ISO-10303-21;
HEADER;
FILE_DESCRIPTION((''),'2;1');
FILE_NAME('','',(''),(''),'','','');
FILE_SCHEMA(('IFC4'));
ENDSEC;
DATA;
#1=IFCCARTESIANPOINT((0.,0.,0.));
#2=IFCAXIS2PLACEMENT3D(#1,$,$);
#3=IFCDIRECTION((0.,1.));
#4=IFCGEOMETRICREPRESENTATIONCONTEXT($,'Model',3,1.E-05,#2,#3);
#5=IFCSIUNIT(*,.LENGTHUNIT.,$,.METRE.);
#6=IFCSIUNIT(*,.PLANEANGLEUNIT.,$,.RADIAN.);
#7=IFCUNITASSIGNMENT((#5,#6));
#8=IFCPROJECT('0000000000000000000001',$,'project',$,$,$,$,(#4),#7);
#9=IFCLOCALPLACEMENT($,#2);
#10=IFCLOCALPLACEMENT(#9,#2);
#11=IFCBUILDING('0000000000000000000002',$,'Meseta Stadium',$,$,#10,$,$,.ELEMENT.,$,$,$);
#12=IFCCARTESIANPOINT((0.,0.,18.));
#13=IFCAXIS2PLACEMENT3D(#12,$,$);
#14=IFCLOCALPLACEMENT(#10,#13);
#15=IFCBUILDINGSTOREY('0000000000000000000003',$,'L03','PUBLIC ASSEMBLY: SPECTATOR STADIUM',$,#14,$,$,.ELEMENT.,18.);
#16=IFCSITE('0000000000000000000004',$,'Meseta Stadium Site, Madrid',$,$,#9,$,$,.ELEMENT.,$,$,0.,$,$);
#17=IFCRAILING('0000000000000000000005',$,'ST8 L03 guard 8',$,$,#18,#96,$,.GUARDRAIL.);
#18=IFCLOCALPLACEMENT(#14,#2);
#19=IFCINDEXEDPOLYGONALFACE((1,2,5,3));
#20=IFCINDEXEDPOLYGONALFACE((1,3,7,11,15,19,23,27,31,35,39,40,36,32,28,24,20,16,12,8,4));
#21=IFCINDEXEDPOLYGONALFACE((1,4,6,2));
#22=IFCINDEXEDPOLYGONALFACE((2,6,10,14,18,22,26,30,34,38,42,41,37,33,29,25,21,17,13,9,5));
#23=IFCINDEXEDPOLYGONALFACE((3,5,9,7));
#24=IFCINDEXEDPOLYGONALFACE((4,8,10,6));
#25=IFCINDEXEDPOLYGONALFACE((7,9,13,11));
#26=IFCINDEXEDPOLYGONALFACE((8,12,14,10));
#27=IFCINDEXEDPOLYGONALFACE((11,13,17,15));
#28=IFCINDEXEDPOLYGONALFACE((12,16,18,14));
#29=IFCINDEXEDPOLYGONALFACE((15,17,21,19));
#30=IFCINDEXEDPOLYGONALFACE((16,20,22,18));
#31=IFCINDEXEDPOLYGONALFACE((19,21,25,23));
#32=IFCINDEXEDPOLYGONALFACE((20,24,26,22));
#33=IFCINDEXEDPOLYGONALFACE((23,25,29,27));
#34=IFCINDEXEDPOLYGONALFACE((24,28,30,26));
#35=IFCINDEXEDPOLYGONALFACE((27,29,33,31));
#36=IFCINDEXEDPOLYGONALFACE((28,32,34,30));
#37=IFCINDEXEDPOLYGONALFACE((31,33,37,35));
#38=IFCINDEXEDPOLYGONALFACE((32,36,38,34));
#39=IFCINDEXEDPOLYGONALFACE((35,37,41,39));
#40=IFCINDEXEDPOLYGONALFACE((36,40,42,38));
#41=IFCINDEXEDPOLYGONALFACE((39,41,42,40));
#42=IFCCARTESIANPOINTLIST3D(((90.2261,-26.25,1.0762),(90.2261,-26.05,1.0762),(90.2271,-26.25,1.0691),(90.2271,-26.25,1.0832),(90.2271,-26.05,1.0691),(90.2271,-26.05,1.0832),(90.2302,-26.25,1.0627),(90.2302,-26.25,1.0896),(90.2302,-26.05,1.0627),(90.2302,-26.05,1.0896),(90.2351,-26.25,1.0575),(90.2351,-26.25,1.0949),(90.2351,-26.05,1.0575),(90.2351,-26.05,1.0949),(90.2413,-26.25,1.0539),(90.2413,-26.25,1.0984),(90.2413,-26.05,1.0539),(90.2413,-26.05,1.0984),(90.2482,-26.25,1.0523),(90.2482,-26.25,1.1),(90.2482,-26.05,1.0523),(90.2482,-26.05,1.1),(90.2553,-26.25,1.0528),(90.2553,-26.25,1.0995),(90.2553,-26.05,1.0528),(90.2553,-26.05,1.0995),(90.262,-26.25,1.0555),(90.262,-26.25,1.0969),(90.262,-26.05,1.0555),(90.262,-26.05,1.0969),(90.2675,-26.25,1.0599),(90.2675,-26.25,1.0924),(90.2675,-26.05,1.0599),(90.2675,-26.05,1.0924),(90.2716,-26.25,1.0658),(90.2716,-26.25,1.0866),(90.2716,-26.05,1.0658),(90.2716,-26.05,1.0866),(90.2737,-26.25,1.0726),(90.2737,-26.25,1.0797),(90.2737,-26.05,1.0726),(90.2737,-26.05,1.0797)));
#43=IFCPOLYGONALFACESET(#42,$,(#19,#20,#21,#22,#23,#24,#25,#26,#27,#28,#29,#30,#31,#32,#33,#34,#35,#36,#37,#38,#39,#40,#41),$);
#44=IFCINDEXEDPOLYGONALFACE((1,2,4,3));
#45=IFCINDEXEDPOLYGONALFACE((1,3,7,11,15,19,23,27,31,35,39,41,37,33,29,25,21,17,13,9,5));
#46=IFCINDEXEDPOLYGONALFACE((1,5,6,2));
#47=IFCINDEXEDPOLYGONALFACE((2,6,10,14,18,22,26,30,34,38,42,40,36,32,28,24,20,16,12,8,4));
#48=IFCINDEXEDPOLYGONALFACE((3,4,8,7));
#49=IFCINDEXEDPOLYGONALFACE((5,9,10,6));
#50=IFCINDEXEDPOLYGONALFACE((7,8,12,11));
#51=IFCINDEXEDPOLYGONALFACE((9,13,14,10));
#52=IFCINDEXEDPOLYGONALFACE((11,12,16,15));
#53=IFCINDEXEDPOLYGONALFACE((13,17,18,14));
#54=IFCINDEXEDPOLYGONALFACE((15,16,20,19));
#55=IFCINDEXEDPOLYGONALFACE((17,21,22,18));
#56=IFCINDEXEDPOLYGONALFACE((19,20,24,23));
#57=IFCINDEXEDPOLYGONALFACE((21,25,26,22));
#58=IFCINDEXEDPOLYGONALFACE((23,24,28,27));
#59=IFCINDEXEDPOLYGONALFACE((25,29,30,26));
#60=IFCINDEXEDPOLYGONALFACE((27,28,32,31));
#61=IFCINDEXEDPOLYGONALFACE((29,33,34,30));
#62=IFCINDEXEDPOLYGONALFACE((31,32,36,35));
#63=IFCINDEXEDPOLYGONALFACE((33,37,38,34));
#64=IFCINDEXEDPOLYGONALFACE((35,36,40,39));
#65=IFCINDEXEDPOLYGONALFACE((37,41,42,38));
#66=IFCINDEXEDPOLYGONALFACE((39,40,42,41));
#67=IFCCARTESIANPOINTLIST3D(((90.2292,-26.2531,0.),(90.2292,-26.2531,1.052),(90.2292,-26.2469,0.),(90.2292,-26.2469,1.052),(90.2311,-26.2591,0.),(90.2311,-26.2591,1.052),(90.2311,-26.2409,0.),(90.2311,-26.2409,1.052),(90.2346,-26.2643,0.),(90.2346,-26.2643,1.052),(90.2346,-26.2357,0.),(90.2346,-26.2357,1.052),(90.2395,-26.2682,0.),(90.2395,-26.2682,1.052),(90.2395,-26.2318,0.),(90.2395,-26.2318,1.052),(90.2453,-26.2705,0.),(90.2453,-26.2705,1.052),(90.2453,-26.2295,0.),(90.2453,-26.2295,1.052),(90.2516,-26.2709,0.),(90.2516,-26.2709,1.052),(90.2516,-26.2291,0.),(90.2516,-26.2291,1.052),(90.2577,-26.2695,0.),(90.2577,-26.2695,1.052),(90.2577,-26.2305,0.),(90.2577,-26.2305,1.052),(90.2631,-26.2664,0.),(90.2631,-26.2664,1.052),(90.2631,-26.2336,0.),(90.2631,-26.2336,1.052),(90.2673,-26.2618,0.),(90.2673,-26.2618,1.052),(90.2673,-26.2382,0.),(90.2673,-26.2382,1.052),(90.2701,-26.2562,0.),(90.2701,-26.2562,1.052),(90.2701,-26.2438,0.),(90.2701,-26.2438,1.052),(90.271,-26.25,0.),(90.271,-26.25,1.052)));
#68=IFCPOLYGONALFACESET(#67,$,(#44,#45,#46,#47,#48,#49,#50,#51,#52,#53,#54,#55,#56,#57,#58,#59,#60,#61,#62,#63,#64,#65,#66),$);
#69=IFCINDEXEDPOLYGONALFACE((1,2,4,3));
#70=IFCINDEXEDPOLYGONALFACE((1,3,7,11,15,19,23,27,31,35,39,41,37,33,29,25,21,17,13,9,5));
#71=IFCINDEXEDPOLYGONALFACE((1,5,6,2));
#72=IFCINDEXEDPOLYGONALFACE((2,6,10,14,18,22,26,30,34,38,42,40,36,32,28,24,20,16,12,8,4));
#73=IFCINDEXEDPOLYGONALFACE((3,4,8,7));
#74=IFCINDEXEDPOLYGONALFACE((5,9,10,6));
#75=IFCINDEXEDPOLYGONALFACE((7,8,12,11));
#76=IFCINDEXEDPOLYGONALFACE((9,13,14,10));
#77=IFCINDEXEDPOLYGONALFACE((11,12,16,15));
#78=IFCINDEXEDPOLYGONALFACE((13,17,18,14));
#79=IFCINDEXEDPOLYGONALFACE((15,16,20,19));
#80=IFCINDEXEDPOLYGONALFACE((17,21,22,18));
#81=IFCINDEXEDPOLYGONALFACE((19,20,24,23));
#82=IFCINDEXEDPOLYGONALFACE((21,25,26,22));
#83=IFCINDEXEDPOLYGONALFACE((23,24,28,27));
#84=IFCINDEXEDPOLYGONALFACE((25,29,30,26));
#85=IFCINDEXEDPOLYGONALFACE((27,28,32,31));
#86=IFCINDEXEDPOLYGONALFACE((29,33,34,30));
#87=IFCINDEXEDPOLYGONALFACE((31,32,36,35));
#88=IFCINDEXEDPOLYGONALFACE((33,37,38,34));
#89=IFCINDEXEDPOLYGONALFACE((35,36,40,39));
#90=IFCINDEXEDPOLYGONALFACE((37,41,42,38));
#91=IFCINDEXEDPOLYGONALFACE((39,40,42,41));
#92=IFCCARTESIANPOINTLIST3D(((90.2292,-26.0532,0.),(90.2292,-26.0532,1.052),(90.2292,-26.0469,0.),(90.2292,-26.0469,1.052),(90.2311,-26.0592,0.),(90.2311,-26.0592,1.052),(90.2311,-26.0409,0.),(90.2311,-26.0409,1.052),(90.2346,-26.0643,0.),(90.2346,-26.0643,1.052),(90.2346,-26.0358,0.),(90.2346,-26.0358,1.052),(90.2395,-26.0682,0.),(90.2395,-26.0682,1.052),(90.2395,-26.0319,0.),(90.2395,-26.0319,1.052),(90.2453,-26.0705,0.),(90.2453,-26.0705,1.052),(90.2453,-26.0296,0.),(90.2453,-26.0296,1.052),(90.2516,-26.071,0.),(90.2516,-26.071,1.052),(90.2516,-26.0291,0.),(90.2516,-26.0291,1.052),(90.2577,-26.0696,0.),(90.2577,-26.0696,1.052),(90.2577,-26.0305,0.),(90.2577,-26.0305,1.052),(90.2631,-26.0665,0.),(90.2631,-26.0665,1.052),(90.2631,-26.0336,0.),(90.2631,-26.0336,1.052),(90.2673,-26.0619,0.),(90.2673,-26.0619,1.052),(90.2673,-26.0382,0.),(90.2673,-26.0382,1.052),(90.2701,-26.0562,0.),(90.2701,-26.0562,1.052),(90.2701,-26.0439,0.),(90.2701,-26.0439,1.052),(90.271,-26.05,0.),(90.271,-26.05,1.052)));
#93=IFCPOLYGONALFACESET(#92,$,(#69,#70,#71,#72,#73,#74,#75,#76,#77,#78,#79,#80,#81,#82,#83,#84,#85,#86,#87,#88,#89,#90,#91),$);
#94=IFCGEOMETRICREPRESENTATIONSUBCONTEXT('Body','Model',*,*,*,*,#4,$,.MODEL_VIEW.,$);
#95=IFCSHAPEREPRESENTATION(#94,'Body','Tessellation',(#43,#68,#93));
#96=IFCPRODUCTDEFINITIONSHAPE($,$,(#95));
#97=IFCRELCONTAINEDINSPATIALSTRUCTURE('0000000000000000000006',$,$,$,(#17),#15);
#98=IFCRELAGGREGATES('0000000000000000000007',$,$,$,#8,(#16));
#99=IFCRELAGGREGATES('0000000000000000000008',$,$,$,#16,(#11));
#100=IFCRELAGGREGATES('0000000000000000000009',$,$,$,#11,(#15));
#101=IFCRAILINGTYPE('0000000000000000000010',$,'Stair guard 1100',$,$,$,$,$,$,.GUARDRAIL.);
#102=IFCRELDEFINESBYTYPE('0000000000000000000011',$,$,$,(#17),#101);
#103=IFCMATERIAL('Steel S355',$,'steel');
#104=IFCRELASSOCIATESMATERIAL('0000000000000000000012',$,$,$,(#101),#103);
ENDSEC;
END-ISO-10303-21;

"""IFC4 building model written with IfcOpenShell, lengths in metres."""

from ifc_helpers import new_model, si_unit, direction, frame, origin, origin_2d, place, context, subcontext, project, spatial, circle, extrude, material, type_object, element, save


model = new_model("IFC4")

# Units and contexts
model_context = context("Model", 3, precision=1e-05, world=origin(), true_north=direction((0.0, 1.0)))
body_context = subcontext(model_context, "Body", "Model", "MODEL_VIEW")
ifc_project = project(units=[si_unit("LENGTHUNIT", "METRE"), si_unit("PLANEANGLEUNIT", "RADIAN")], contexts=[model_context])

# Site, building, storey
site_placement = place(None, origin())
site = spatial("IfcSite", under=ifc_project, at=site_placement, Name="Meseta Stadium Site, Madrid", CompositionType="ELEMENT", RefElevation=0.0)
building_placement = place(site_placement, origin())
building = spatial("IfcBuilding", under=site, at=building_placement, Name="Meseta Stadium", CompositionType="ELEMENT")
storey_placement = place(building_placement, frame((0.0, 0.0, 18.0)))
storey = spatial("IfcBuildingStorey", under=building, at=storey_placement, Name="L03", Description="PUBLIC ASSEMBLY: SPECTATOR STADIUM", CompositionType="ELEMENT", Elevation=18.0)

# Railing
ifc_material_1 = material(Name="Steel S355", Category="steel")
railing_type_1 = type_object("IfcRailingType", Name="Stair guard 1100", PredefinedType="GUARDRAIL", material=ifc_material_1)
railing_1_placement = place(storey_placement, frame((90.25, -26.25, 0.0)))
element("IfcRailing", 1, at=railing_1_placement, inside=storey, type_object=railing_type_1, Name="ST8 L03 guard 8", PredefinedType="GUARDRAIL", context=body_context, shape_type="SweptSolid", body=[
    extrude(circle(Radius=0.0239, at=origin_2d()), frame((0.0, 0.0, 1.0762), z_axis=(0.0, 1.0, 0.0), x_axis=(-1.0, 0.0, 0.0)), (0.0, 0.0, 1.0), 0.2),
    extrude(circle(Radius=0.021, at=origin_2d()), origin(), (0.0, 0.0, 1.0), 1.052),
    extrude(circle(Radius=0.021, at=origin_2d()), frame((0.0, 0.2, 0.0)), (0.0, 0.0, 1.0), 1.052),
])

save(model, "model.ifc")
